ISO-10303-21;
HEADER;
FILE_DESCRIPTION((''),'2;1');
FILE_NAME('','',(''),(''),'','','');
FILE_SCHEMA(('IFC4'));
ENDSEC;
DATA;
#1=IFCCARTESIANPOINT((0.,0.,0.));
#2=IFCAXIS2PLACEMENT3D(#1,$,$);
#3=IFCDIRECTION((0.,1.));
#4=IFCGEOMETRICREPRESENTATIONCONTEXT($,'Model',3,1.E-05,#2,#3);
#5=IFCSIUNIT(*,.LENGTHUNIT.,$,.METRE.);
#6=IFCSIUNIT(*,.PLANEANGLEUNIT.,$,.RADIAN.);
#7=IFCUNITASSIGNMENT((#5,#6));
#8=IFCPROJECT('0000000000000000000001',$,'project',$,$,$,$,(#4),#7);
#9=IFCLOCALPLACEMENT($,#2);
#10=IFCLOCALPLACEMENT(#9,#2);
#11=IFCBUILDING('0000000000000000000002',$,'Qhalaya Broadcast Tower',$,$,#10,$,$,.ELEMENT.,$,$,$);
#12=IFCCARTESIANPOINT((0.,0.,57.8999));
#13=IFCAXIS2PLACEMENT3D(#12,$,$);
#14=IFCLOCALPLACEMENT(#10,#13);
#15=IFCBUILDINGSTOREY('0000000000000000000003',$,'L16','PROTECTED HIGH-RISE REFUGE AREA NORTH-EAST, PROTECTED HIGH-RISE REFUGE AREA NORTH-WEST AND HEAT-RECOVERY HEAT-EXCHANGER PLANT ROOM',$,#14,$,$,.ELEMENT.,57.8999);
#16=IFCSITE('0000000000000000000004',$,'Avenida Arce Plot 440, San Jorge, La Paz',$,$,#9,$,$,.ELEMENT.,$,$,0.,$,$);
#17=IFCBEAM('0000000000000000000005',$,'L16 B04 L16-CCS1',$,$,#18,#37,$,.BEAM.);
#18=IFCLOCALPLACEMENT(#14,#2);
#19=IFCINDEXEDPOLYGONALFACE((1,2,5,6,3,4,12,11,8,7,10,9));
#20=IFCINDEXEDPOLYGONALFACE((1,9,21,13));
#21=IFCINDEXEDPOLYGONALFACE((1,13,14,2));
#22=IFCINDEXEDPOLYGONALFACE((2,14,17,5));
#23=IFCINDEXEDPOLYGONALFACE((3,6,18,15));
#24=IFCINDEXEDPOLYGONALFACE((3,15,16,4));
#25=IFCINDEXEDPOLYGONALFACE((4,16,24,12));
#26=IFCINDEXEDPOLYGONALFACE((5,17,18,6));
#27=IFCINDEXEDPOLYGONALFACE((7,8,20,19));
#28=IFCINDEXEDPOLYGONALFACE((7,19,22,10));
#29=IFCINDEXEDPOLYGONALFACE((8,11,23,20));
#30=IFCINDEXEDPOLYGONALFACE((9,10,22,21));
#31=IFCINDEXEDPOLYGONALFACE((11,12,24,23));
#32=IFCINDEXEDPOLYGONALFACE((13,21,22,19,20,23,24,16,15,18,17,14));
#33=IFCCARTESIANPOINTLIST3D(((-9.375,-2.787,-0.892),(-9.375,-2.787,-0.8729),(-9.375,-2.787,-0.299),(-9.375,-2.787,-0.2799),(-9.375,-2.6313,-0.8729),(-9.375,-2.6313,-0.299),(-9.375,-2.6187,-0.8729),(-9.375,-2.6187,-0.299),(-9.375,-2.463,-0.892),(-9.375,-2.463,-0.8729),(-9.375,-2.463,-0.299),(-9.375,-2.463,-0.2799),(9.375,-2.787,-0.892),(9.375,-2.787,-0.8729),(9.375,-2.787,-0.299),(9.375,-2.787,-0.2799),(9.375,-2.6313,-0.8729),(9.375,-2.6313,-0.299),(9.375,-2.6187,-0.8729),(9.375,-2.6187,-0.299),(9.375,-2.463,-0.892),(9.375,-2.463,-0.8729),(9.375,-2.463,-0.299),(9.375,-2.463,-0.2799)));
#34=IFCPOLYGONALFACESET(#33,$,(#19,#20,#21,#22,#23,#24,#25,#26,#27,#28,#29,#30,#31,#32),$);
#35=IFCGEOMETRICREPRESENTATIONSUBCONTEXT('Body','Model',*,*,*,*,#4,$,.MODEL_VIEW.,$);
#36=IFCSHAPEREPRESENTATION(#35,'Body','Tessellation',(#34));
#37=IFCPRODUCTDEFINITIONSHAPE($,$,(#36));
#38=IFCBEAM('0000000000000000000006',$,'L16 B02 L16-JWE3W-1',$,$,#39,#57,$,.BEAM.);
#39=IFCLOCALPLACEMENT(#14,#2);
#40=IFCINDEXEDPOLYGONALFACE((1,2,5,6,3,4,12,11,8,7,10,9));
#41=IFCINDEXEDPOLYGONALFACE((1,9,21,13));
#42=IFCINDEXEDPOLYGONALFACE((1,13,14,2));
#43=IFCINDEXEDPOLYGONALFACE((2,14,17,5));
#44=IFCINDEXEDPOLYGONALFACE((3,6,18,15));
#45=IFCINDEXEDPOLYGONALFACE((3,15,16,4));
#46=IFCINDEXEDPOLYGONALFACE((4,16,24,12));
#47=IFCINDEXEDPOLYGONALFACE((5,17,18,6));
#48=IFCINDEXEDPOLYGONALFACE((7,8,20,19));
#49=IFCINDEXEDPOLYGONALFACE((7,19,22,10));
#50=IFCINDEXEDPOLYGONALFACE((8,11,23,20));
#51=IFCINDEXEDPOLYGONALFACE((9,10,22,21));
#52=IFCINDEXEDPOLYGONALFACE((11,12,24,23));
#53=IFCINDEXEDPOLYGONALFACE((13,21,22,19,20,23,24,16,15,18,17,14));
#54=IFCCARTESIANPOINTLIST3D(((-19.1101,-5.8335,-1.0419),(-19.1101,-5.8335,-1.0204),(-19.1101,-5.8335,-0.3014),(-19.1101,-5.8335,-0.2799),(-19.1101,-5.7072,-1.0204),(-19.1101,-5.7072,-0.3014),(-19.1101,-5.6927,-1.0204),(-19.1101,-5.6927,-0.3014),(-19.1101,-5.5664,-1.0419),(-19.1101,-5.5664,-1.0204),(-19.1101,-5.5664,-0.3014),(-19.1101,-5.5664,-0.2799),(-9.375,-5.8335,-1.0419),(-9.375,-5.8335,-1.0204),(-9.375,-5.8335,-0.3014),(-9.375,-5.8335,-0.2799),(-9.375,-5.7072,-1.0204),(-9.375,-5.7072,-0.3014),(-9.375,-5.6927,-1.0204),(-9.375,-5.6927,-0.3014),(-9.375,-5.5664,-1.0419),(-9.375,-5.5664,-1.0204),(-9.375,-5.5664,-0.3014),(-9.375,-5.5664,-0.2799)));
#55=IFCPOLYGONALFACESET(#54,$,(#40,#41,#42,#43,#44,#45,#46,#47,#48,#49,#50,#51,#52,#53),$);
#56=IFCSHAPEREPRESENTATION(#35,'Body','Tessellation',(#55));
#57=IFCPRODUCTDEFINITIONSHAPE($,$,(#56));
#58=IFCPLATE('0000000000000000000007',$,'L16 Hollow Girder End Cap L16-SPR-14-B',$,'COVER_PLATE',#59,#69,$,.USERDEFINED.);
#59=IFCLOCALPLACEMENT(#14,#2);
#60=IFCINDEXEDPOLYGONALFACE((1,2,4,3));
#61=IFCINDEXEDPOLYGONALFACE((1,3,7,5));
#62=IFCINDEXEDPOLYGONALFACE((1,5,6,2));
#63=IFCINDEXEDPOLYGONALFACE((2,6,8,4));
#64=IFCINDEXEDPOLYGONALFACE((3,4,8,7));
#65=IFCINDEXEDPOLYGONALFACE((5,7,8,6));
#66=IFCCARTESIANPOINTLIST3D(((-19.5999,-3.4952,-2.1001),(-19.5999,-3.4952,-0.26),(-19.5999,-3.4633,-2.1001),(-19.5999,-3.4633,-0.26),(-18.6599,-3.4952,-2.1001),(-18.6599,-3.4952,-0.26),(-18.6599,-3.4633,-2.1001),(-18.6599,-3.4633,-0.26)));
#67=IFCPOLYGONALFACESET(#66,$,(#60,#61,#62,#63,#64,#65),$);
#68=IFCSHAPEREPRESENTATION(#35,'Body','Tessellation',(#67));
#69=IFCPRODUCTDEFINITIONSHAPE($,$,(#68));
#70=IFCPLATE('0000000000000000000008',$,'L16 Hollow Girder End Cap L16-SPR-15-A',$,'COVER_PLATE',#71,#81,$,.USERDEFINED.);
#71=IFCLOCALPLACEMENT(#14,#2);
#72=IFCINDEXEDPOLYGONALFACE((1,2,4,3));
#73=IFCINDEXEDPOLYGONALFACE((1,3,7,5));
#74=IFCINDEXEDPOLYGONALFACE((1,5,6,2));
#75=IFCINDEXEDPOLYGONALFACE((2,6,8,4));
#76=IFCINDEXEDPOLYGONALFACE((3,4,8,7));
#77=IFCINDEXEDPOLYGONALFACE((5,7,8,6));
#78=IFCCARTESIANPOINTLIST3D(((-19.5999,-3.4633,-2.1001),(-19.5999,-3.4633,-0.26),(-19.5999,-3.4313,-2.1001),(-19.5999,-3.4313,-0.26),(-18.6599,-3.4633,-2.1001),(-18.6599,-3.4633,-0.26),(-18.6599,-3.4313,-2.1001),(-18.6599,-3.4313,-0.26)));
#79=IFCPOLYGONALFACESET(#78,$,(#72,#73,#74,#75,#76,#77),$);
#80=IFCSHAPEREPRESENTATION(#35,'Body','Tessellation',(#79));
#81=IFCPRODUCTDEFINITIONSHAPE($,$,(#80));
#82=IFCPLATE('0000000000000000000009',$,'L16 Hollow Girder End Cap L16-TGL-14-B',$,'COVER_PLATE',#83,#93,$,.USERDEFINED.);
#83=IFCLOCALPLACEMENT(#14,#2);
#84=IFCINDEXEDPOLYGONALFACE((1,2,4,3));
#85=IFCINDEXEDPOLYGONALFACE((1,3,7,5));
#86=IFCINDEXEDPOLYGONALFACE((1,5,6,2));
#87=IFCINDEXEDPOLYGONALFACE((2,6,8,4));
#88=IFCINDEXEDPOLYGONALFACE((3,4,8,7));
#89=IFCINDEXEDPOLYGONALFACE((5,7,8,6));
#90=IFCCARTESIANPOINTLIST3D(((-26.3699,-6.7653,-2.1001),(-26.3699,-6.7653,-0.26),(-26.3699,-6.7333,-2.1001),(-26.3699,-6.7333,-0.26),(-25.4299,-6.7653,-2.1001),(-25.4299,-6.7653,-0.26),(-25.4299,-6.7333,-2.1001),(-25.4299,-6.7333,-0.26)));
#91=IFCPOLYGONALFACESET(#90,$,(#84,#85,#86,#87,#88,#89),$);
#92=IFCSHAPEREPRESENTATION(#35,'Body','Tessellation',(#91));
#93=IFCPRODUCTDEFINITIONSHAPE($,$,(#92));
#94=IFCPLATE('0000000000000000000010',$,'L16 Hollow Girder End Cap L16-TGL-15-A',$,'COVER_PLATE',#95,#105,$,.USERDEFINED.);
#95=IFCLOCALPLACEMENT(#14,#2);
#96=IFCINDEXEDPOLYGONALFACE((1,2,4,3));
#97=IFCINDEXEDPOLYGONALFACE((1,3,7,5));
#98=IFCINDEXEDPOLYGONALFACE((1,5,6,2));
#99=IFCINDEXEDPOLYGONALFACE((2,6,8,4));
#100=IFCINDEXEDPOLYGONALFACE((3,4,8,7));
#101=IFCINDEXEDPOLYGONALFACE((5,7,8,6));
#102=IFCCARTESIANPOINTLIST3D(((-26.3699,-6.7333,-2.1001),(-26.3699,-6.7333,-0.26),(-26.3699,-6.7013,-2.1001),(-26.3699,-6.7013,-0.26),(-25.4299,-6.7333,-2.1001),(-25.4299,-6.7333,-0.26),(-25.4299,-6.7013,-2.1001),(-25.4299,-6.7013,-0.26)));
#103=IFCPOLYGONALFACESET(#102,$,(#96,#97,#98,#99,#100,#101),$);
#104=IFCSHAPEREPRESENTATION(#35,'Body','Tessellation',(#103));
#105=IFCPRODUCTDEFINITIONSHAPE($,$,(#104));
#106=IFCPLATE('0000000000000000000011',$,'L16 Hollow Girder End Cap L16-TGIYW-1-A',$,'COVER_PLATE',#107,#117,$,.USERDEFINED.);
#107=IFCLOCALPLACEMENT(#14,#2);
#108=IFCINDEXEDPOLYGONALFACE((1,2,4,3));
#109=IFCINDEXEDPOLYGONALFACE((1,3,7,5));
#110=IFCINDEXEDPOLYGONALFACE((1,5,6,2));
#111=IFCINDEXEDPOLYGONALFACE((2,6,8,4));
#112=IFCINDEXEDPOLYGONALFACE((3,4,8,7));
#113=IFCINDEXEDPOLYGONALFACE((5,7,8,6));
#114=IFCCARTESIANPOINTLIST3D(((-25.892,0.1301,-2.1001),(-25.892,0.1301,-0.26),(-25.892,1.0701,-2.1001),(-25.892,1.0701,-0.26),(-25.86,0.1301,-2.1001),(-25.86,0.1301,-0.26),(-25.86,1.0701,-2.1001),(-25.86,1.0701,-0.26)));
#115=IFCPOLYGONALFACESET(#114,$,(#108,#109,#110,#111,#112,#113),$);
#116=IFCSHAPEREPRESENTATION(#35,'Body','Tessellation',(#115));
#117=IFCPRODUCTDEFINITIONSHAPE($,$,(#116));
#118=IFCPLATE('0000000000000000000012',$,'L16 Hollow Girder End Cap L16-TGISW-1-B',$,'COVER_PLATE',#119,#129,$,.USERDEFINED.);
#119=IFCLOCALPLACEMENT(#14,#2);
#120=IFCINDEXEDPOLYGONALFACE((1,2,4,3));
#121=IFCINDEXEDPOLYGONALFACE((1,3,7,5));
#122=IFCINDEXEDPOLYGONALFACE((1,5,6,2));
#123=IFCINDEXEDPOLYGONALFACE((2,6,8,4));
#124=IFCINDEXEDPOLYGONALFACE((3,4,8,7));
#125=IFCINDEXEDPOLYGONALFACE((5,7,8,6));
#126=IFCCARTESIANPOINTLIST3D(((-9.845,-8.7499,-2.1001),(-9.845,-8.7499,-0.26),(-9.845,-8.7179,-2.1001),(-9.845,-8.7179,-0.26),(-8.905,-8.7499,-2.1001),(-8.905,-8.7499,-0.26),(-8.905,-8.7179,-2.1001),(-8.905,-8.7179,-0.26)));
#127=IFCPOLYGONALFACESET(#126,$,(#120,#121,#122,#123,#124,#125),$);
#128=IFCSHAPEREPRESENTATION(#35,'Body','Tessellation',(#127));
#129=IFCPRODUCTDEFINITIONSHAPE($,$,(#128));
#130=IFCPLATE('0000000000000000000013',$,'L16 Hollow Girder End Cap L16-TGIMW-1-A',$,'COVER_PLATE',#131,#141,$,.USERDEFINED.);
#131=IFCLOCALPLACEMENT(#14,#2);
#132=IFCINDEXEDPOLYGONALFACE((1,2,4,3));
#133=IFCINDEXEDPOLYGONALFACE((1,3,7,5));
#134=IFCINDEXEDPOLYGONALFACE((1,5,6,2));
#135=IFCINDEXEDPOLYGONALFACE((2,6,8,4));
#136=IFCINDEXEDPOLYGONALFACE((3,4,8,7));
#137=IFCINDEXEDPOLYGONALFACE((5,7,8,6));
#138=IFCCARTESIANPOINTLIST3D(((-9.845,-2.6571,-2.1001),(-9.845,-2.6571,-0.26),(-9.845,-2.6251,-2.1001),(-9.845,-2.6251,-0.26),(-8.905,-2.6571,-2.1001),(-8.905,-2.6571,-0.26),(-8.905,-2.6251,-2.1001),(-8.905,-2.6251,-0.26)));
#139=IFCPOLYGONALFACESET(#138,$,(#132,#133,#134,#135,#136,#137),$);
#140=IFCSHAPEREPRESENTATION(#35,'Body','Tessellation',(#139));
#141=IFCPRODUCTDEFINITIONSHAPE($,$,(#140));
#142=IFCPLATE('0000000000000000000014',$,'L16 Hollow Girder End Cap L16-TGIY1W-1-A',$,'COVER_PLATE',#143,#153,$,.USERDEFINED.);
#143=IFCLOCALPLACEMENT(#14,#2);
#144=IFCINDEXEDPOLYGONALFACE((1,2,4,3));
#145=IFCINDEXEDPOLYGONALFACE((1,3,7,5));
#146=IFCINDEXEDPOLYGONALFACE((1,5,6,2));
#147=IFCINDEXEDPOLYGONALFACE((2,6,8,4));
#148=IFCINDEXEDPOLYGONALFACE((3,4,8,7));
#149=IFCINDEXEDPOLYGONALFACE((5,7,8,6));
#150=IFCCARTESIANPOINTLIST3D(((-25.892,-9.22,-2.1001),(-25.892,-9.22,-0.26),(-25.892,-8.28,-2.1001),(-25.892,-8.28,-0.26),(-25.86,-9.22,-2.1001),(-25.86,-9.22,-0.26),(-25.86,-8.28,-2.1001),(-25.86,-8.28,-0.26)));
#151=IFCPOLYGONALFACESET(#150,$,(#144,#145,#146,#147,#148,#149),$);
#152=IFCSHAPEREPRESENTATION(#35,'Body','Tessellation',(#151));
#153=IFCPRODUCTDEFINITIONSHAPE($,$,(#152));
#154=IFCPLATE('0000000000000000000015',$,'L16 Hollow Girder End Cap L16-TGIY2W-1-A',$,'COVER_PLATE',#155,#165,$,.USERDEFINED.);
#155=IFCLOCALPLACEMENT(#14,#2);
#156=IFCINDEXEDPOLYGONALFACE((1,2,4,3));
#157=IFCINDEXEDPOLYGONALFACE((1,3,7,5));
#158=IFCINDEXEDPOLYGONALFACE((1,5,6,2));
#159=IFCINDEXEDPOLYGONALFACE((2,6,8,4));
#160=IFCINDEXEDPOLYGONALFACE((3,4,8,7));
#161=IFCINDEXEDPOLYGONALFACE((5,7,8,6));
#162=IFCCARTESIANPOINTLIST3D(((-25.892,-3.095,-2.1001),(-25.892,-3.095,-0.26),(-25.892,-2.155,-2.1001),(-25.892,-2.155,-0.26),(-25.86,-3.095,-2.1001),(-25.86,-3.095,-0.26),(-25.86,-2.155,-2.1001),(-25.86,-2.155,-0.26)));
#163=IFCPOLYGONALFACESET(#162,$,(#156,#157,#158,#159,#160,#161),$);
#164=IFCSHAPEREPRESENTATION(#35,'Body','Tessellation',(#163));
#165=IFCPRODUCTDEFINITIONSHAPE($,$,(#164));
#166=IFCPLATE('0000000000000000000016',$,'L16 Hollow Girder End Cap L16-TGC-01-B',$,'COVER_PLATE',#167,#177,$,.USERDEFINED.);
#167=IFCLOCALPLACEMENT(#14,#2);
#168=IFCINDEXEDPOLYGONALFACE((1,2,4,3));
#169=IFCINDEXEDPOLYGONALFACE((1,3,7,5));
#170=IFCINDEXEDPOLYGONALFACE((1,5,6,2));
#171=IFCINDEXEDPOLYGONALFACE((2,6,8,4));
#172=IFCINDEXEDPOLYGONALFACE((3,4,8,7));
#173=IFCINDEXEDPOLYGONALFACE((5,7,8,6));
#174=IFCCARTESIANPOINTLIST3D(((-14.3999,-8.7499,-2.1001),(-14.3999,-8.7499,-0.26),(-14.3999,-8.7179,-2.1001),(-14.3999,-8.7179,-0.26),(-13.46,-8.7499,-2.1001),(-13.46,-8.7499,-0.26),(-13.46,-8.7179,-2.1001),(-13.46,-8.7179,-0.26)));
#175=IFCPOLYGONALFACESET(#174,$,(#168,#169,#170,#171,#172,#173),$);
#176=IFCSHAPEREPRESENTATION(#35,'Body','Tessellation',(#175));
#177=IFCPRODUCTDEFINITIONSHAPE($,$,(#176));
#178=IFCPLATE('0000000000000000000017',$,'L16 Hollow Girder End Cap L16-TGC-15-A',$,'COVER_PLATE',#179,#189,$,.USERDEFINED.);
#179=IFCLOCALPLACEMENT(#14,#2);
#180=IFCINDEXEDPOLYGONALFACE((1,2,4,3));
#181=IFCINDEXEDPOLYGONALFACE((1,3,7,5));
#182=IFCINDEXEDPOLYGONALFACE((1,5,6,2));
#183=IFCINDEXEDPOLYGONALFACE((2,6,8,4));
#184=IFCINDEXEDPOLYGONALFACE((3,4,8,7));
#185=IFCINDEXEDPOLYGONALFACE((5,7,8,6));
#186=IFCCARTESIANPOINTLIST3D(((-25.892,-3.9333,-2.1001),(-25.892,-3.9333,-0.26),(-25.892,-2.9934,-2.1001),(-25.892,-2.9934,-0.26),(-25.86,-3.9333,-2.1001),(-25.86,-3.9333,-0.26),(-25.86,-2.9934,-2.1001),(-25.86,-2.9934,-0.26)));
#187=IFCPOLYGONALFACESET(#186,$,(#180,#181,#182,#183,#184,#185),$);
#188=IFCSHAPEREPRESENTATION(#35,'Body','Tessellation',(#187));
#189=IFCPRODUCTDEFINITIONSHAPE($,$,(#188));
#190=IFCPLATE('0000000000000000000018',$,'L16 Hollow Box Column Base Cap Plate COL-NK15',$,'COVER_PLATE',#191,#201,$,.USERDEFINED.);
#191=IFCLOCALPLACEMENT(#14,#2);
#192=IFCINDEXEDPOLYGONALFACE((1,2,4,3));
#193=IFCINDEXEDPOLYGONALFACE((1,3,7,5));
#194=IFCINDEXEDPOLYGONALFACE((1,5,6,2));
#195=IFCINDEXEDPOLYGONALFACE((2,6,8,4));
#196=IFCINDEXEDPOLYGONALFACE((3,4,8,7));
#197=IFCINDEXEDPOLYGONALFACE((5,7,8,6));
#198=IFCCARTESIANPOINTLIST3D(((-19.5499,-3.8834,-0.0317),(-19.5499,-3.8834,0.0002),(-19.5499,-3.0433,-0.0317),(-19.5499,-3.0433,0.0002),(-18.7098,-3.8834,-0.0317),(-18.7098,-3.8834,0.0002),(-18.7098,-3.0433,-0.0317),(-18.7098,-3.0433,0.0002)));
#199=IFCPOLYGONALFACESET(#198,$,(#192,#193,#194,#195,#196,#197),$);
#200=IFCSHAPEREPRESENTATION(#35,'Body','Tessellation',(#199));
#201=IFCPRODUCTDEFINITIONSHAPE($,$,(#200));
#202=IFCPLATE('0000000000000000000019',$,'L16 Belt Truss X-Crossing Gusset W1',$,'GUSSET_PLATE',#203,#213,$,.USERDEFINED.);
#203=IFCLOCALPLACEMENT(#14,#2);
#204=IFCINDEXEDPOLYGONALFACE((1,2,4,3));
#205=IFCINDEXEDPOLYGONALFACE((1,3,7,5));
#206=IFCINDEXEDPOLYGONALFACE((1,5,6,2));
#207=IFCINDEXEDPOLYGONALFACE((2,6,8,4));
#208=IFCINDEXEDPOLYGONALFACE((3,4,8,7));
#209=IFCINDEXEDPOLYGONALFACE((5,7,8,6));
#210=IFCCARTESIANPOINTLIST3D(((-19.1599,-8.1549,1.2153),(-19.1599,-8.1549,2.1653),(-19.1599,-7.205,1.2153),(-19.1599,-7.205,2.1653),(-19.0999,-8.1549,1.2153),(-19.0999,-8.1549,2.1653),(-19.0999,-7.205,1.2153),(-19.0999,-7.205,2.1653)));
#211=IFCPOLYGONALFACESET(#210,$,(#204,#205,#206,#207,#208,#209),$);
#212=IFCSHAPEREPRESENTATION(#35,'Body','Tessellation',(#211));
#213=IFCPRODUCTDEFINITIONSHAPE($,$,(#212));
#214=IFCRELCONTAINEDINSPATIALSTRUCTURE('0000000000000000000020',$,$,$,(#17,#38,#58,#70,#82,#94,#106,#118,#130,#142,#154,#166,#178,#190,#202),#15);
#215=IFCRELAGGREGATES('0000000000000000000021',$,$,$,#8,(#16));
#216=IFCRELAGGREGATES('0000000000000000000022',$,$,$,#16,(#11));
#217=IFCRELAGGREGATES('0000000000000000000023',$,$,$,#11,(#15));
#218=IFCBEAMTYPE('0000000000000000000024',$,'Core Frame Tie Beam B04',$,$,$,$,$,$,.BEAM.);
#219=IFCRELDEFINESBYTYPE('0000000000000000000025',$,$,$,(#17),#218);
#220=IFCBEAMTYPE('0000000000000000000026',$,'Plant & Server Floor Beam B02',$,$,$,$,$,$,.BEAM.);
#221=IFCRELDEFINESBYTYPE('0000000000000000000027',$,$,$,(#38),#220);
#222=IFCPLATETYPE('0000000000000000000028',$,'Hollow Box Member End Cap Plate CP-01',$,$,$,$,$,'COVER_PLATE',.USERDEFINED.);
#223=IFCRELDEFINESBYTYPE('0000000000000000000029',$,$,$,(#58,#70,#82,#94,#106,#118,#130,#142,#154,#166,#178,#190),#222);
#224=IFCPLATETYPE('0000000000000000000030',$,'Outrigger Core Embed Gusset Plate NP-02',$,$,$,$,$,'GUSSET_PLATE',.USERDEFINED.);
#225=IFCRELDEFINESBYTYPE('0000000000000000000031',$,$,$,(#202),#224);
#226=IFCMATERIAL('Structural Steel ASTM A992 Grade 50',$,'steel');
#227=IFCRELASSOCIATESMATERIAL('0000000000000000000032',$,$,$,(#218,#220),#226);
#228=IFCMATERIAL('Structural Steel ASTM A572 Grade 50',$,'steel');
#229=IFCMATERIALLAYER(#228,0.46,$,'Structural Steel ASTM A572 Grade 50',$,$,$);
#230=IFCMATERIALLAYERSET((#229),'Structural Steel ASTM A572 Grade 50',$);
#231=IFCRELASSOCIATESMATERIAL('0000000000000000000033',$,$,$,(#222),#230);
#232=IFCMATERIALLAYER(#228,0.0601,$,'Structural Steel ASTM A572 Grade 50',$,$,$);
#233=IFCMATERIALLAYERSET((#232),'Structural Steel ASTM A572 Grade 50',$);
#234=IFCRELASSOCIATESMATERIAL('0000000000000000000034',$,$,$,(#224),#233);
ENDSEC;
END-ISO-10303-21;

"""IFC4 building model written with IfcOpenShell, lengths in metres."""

from ifc_helpers import new_model, si_unit, direction, frame, origin, origin_2d, place, context, subcontext, project, spatial, rectangle, i_section, extrude, material, layer, layer_set, material_profile, profile_set, type_object, element, save


model = new_model("IFC4")

# Units and contexts
model_context = context("Model", 3, precision=1e-05, world=origin(), true_north=direction((0.0, 1.0)))
body_context = subcontext(model_context, "Body", "Model", "MODEL_VIEW")
ifc_project = project(units=[si_unit("LENGTHUNIT", "METRE"), si_unit("PLANEANGLEUNIT", "RADIAN")], contexts=[model_context])

# Site, building, storey
site_placement = place(None, origin())
site = spatial("IfcSite", under=ifc_project, at=site_placement, Name="Avenida Arce Plot 440, San Jorge, La Paz", CompositionType="ELEMENT", RefElevation=0.0)
building_placement = place(site_placement, origin())
building = spatial("IfcBuilding", under=site, at=building_placement, Name="Qhalaya Broadcast Tower", CompositionType="ELEMENT")
storey_placement = place(building_placement, frame((0.0, 0.0, 57.8999)))
storey = spatial("IfcBuildingStorey", under=building, at=storey_placement, Name="L16", Description="PROTECTED HIGH-RISE REFUGE AREA NORTH-EAST, PROTECTED HIGH-RISE REFUGE AREA NORTH-WEST AND HEAT-RECOVERY HEAT-EXCHANGER PLANT ROOM", CompositionType="ELEMENT", Elevation=57.8999)

# Shared definitions
ifc_material_1 = material(Name="Structural Steel ASTM A572 Grade 50", Category="steel")

# Beams
ifc_material_2 = material(Name="Structural Steel ASTM A992 Grade 50", Category="steel")
ifc_material_profile_1 = material_profile(ifc_material_2, i_section(OverallWidth=0.324, OverallDepth=0.6121, WebThickness=0.0127, FlangeThickness=0.019, at=origin_2d()), Name="W24X104")
ifc_profile_set_1 = profile_set([ifc_material_profile_1], Name="Structural Steel ASTM A992 Grade 50")
beam_type_1 = type_object("IfcBeamType", Name="Core Frame Tie Beam B04", PredefinedType="BEAM", material=ifc_profile_set_1)
beam_1_placement = place(storey_placement, frame((-9.375, -2.625, -0.5859), z_axis=(1.0, 0.0, 0.0), x_axis=(0.0, 1.0, 0.0)))
element("IfcBeam", 1, at=beam_1_placement, inside=storey, type_object=beam_type_1, Name="L16 B04 L16-CCS1", PredefinedType="BEAM", context=body_context, shape_type="SweptSolid", body=[
    extrude(i_section(OverallWidth=0.324, OverallDepth=0.6121, WebThickness=0.0127, FlangeThickness=0.019, at=origin_2d()), origin(), (0.0, 0.0, 1.0), 18.75),
])
ifc_material_profile_2 = material_profile(ifc_material_2, i_section(OverallWidth=0.2671, OverallDepth=0.762, WebThickness=0.0144, FlangeThickness=0.0215, at=origin_2d()), Name="W30X116")
ifc_profile_set_2 = profile_set([ifc_material_profile_2], Name="Structural Steel ASTM A992 Grade 50")
beam_type_2 = type_object("IfcBeamType", Name="Plant & Server Floor Beam B02", PredefinedType="BEAM", material=ifc_profile_set_2)
beam_2_placement = place(storey_placement, frame((-19.1101, -5.7, -0.6609), z_axis=(1.0, 0.0, 0.0), x_axis=(0.0, 1.0, 0.0)))
element("IfcBeam", 2, at=beam_2_placement, inside=storey, type_object=beam_type_2, Name="L16 B02 L16-JWE3W-1", PredefinedType="BEAM", context=body_context, shape_type="SweptSolid", body=[
    extrude(i_section(OverallWidth=0.2671, OverallDepth=0.762, WebThickness=0.0144, FlangeThickness=0.0215, at=origin_2d()), origin(), (0.0, 0.0, 1.0), 9.7351),
])

# Plates
ifc_layer_1 = layer(ifc_material_1, 0.46, Name="Structural Steel ASTM A572 Grade 50")
ifc_layer_set_1 = layer_set([ifc_layer_1], Name="Structural Steel ASTM A572 Grade 50")
plate_type_1 = type_object("IfcPlateType", Name="Hollow Box Member End Cap Plate CP-01", ElementType="COVER_PLATE", PredefinedType="USERDEFINED", material=ifc_layer_set_1)
for number, where, z_axis, x_axis, name in (
    (3, (-19.1299, -3.4792, -2.1001), (0.0, 0.0, 1.0), (1.0, 0.0, 0.0), "L16 Hollow Girder End Cap L16-SPR-14-B"),
    (4, (-19.1299, -3.4473, -2.1001), (0.0, 0.0, 1.0), (1.0, 0.0, 0.0), "L16 Hollow Girder End Cap L16-SPR-15-A"),
    (5, (-25.8999, -6.7493, -2.1001), (0.0, 0.0, 1.0), (1.0, 0.0, 0.0), "L16 Hollow Girder End Cap L16-TGL-14-B"),
    (6, (-25.8999, -6.7173, -2.1001), (0.0, 0.0, 1.0), (1.0, 0.0, 0.0), "L16 Hollow Girder End Cap L16-TGL-15-A"),
    (7, (-25.876, 0.6001, -2.1001), (0.0, 0.0, 1.0), (0.0, 1.0, 0.0), "L16 Hollow Girder End Cap L16-TGIYW-1-A"),
    (8, (-9.375, -8.7339, -2.1001), (0.0, 0.0, 1.0), (-1.0, 0.0, 0.0), "L16 Hollow Girder End Cap L16-TGISW-1-B"),
    (9, (-9.375, -2.6411, -2.1001), (0.0, 0.0, 1.0), (-1.0, 0.0, 0.0), "L16 Hollow Girder End Cap L16-TGIMW-1-A"),
    (10, (-25.876, -8.75, -2.1001), (0.0, 0.0, 1.0), (0.0, 1.0, 0.0), "L16 Hollow Girder End Cap L16-TGIY1W-1-A"),
    (11, (-25.876, -2.625, -2.1001), (0.0, 0.0, 1.0), (0.0, 1.0, 0.0), "L16 Hollow Girder End Cap L16-TGIY2W-1-A"),
    (12, (-13.9299, -8.7339, -2.1001), (0.0, 0.0, 1.0), (-1.0, 0.0, 0.0), "L16 Hollow Girder End Cap L16-TGC-01-B"),
    (13, (-25.876, -3.4634, -2.1001), (0.0, 0.0, 1.0), (0.0, 1.0, 0.0), "L16 Hollow Girder End Cap L16-TGC-15-A"),
):
    element("IfcPlate", number, at=place(storey_placement, frame(where, z_axis=z_axis, x_axis=x_axis)), inside=storey, type_object=plate_type_1, Name=name, ObjectType="COVER_PLATE", PredefinedType="USERDEFINED", context=body_context, shape_type="SweptSolid", body=[
        extrude(rectangle(XDim=0.9399, YDim=0.032, at=origin_2d()), origin(), (0.0, 0.0, 1.0), 1.8401),
    ])
plate_1_placement = place(storey_placement, frame((-19.1299, -3.4634, -0.0317), z_axis=(0.0, 0.0, 1.0), x_axis=(0.0, 1.0, 0.0)))
element("IfcPlate", 14, at=plate_1_placement, inside=storey, type_object=plate_type_1, Name="L16 Hollow Box Column Base Cap Plate COL-NK15", ObjectType="COVER_PLATE", PredefinedType="USERDEFINED", context=body_context, shape_type="SweptSolid", body=[
    extrude(rectangle(XDim=0.8401, YDim=0.8401, at=origin_2d()), origin(), (0.0, 0.0, 1.0), 0.032),
])
ifc_layer_2 = layer(ifc_material_1, 0.0601, Name="Structural Steel ASTM A572 Grade 50")
ifc_layer_set_2 = layer_set([ifc_layer_2], Name="Structural Steel ASTM A572 Grade 50")
plate_type_2 = type_object("IfcPlateType", Name="Outrigger Core Embed Gusset Plate NP-02", ElementType="GUSSET_PLATE", PredefinedType="USERDEFINED", material=ifc_layer_set_2)
plate_2_placement = place(storey_placement, frame((-19.1299, -7.6799, 1.2153), z_axis=(0.0, 0.0, 1.0), x_axis=(0.0, 1.0, 0.0)))
element("IfcPlate", 15, at=plate_2_placement, inside=storey, type_object=plate_type_2, Name="L16 Belt Truss X-Crossing Gusset W1", ObjectType="GUSSET_PLATE", PredefinedType="USERDEFINED", context=body_context, shape_type="SweptSolid", body=[
    extrude(rectangle(XDim=0.95, YDim=0.0601, at=origin_2d()), origin(), (0.0, 0.0, 1.0), 0.95),
])

save(model, "model.ifc")
